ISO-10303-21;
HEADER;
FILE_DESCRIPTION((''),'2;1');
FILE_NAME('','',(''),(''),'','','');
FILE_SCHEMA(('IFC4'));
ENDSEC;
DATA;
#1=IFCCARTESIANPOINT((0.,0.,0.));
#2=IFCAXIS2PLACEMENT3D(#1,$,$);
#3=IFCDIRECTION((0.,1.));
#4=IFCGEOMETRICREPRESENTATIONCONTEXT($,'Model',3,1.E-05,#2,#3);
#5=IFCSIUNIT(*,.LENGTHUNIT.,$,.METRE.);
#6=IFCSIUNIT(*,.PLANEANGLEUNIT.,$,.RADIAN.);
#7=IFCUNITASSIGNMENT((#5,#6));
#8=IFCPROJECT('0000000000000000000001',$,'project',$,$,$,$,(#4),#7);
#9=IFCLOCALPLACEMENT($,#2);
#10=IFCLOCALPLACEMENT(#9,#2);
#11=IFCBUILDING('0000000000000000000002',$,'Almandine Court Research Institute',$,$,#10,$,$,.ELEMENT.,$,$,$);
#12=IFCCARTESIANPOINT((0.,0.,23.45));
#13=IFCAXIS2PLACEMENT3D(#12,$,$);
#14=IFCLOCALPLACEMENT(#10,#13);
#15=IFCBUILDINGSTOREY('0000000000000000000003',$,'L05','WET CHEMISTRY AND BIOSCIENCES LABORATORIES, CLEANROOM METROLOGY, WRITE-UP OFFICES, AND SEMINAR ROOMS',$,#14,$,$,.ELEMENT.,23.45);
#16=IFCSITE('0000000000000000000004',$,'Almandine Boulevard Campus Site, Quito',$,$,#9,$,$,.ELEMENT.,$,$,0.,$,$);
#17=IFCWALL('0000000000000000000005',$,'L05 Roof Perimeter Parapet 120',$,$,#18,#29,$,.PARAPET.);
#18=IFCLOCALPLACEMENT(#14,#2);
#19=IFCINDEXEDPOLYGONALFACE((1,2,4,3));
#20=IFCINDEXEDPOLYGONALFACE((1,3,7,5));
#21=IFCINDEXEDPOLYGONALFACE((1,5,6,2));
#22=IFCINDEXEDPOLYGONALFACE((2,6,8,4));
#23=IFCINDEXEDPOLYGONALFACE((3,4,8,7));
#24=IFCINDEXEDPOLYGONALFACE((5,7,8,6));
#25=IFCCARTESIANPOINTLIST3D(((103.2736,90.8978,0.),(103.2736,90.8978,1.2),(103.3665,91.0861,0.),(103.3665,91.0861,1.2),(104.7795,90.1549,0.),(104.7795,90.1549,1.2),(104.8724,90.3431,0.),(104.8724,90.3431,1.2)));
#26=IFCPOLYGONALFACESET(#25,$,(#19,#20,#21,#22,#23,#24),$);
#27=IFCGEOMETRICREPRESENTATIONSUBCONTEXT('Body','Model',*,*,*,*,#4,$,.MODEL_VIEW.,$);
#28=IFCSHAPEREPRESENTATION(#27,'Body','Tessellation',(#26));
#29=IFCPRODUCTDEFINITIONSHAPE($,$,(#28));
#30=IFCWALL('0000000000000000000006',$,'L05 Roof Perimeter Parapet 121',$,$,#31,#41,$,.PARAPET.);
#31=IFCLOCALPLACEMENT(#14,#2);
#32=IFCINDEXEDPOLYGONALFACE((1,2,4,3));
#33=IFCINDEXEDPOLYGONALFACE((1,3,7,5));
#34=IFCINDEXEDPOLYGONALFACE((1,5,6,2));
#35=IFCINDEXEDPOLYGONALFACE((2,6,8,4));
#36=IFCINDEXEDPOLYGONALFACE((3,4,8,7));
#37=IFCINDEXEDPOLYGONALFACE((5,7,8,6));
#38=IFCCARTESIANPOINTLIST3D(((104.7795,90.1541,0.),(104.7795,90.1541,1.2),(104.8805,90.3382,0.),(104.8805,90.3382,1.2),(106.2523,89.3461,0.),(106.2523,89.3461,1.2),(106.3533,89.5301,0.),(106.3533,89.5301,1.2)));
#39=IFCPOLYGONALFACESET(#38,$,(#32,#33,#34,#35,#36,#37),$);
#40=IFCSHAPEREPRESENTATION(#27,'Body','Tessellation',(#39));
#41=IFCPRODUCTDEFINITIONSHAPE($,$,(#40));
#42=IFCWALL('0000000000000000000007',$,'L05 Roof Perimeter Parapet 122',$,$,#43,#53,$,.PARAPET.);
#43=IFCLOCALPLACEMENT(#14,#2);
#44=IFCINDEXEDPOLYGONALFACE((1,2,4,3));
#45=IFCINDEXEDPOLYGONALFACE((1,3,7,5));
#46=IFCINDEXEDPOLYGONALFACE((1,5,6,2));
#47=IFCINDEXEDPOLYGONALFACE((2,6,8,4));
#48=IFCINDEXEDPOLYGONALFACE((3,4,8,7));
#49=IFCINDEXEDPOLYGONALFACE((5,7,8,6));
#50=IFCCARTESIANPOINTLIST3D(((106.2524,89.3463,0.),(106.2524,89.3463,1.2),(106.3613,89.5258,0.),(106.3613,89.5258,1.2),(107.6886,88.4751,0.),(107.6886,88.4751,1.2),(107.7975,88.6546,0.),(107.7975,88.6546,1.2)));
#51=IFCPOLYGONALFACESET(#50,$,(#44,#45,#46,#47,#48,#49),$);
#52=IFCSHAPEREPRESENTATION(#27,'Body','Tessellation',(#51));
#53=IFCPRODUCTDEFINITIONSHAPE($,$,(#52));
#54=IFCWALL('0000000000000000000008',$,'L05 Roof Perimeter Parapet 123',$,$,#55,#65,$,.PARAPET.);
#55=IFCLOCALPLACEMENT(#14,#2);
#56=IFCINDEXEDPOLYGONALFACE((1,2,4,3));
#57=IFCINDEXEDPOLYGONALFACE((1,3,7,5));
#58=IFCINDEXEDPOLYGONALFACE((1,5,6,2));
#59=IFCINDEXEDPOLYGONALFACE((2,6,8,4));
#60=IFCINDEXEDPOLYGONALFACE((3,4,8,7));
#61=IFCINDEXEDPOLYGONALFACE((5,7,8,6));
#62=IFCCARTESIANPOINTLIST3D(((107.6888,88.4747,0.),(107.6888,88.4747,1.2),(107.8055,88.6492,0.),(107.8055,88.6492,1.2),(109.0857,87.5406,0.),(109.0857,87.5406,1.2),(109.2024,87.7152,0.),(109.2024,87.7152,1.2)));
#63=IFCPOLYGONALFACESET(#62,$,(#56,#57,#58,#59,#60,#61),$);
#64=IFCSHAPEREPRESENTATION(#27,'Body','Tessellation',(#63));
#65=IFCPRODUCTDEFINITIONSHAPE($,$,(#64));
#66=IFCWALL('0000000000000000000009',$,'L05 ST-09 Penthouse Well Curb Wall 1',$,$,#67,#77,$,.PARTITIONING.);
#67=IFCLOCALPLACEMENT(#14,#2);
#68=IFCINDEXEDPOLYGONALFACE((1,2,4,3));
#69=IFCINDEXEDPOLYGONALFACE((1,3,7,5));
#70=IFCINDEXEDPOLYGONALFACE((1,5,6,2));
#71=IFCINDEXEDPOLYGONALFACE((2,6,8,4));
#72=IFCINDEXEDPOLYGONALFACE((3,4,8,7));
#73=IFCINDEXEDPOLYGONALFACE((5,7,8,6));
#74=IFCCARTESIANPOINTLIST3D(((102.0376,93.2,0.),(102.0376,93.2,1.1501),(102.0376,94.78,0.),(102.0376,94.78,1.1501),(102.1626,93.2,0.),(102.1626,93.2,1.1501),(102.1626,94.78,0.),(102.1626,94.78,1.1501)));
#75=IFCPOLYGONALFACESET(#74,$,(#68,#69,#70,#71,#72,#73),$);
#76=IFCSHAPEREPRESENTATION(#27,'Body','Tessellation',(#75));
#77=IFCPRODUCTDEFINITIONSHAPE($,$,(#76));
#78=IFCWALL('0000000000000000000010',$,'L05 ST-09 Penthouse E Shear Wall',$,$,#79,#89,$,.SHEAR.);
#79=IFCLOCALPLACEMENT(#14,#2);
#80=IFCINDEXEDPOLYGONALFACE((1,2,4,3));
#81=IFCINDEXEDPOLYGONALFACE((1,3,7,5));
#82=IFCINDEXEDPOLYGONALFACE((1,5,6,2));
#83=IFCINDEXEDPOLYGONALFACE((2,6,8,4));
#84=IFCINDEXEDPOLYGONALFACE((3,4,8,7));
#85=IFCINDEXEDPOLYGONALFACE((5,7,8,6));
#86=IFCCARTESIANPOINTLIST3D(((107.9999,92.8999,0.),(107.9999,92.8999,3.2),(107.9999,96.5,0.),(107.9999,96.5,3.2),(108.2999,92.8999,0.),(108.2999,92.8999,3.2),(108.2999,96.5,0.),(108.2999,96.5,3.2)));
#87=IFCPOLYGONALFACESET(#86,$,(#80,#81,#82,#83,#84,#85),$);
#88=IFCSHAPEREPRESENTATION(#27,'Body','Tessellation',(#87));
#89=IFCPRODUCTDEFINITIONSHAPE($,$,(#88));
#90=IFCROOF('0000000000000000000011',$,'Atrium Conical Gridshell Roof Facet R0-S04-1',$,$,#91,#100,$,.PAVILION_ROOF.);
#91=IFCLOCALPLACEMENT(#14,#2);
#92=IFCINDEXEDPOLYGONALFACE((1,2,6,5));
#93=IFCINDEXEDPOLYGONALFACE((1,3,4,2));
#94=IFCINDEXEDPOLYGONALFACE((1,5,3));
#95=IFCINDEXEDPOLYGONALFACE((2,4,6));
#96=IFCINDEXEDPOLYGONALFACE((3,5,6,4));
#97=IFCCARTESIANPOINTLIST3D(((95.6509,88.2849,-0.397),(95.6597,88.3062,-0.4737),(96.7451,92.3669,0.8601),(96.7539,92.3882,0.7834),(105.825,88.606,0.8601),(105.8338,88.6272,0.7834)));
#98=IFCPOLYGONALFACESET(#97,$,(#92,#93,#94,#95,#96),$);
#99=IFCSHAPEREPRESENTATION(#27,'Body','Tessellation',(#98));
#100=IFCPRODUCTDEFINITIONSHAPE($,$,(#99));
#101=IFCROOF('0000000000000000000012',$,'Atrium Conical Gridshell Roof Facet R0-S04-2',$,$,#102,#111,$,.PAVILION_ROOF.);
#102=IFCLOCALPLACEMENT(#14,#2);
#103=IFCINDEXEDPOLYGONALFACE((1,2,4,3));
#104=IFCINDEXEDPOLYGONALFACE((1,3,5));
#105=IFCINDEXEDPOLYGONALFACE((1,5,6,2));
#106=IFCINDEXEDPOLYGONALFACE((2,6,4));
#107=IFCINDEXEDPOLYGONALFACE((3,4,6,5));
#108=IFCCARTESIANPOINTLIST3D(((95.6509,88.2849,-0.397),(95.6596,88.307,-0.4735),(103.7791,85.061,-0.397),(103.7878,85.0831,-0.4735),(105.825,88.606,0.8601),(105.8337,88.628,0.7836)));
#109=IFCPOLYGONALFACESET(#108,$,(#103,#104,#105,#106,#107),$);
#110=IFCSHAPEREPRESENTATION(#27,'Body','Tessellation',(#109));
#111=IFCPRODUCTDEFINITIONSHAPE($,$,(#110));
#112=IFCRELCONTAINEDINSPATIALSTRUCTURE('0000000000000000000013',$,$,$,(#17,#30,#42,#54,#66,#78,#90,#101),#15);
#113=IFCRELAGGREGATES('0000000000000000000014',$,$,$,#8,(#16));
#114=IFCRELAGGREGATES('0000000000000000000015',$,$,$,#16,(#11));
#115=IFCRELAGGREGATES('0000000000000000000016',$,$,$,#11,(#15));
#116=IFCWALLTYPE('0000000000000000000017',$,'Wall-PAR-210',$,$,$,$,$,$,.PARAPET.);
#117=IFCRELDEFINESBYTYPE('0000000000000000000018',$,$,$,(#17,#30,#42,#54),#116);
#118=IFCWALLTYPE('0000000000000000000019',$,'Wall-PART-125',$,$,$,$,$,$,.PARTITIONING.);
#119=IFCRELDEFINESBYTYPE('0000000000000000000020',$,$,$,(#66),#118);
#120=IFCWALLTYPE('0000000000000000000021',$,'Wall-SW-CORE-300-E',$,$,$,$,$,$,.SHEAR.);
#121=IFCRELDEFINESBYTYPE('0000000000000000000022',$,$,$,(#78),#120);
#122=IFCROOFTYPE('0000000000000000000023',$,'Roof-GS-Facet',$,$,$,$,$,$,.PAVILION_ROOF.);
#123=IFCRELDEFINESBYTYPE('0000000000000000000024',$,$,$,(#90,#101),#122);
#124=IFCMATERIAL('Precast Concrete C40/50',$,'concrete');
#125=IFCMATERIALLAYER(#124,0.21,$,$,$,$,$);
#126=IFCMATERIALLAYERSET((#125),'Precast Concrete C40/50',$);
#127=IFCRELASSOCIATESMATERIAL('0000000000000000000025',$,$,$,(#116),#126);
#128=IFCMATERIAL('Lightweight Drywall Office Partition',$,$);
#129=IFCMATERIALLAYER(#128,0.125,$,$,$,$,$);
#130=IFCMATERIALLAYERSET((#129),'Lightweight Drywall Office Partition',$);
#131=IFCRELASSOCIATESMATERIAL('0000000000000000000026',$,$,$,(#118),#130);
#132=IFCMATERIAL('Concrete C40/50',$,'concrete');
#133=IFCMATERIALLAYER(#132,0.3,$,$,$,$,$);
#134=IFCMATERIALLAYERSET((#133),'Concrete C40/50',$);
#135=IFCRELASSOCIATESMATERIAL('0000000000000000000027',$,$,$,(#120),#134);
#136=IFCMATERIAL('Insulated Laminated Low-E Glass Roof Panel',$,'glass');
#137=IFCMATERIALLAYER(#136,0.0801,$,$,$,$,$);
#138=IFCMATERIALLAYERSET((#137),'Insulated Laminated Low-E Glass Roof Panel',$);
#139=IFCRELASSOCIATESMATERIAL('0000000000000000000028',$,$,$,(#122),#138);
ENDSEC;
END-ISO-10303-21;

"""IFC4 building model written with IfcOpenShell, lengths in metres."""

from ifc_helpers import new_model, si_unit, direction, frame, frame_2d, origin, place, context, subcontext, project, spatial, polyline, rectangle, outline, extrude, material, layer, layer_set, type_object, element, save


model = new_model("IFC4")

# Units and contexts
model_context = context("Model", 3, precision=1e-05, world=origin(), true_north=direction((0.0, 1.0)))
body_context = subcontext(model_context, "Body", "Model", "MODEL_VIEW")
ifc_project = project(units=[si_unit("LENGTHUNIT", "METRE"), si_unit("PLANEANGLEUNIT", "RADIAN")], contexts=[model_context])

# Site, building, storey
site_placement = place(None, origin())
site = spatial("IfcSite", under=ifc_project, at=site_placement, Name="Almandine Boulevard Campus Site, Quito", CompositionType="ELEMENT", RefElevation=0.0)
building_placement = place(site_placement, origin())
building = spatial("IfcBuilding", under=site, at=building_placement, Name="Almandine Court Research Institute", CompositionType="ELEMENT")
storey_placement = place(building_placement, frame((0.0, 0.0, 23.45)))
storey = spatial("IfcBuildingStorey", under=building, at=storey_placement, Name="L05", Description="WET CHEMISTRY AND BIOSCIENCES LABORATORIES, CLEANROOM METROLOGY, WRITE-UP OFFICES, AND SEMINAR ROOMS", CompositionType="ELEMENT", Elevation=23.45)

# Walls
ifc_material_1 = material(Name="Precast Concrete C40/50", Category="concrete")
ifc_layer_1 = layer(ifc_material_1, 0.21)
ifc_layer_set_1 = layer_set([ifc_layer_1], Name="Precast Concrete C40/50")
wall_type_1 = type_object("IfcWallType", Name="Wall-PAR-210", PredefinedType="PARAPET", material=ifc_layer_set_1)
wall_1_placement = place(storey_placement, frame((103.3201, 90.9919, 0.0), z_axis=(0.0, 0.0, 1.0), x_axis=(0.896799, -0.442438, 0.0)))
element("IfcWall", 1, at=wall_1_placement, inside=storey, type_object=wall_type_1, Name="L05 Roof Perimeter Parapet 120", PredefinedType="PARAPET", context=body_context, shape_type="SweptSolid", body=[
    extrude(rectangle(XDim=1.6792, YDim=0.21, at=frame_2d((0.8396, 0.0))), origin(), (0.0, 0.0, 1.0), 1.2),
])
wall_2_placement = place(storey_placement, frame((104.8301, 90.2461, 0.0), z_axis=(0.0, 0.0, 1.0), x_axis=(0.876716, -0.481009, 0.0)))
element("IfcWall", 2, at=wall_2_placement, inside=storey, type_object=wall_type_1, Name="L05 Roof Perimeter Parapet 121", PredefinedType="PARAPET", context=body_context, shape_type="SweptSolid", body=[
    extrude(rectangle(XDim=1.6799, YDim=0.21, at=frame_2d((0.8398, 0.0))), origin(), (0.0, 0.0, 1.0), 1.2),
])
wall_3_placement = place(storey_placement, frame((106.3069, 89.436, 0.0), z_axis=(0.0, 0.0, 1.0), x_axis=(0.854995, -0.518637, 0.0)))
element("IfcWall", 3, at=wall_3_placement, inside=storey, type_object=wall_type_1, Name="L05 Roof Perimeter Parapet 122", PredefinedType="PARAPET", context=body_context, shape_type="SweptSolid", body=[
    extrude(rectangle(XDim=1.6797, YDim=0.21, at=frame_2d((0.8398, 0.0))), origin(), (0.0, 0.0, 1.0), 1.2),
])
wall_4_placement = place(storey_placement, frame((107.7471, 88.562, 0.0), z_axis=(0.0, 0.0, 1.0), x_axis=(0.83129, -0.55584, 0.0)))
element("IfcWall", 4, at=wall_4_placement, inside=storey, type_object=wall_type_1, Name="L05 Roof Perimeter Parapet 123", PredefinedType="PARAPET", context=body_context, shape_type="SweptSolid", body=[
    extrude(rectangle(XDim=1.6804, YDim=0.21, at=frame_2d((0.8403, 0.0))), origin(), (0.0, 0.0, 1.0), 1.2),
])
ifc_material_2 = material(Name="Lightweight Drywall Office Partition")
ifc_layer_2 = layer(ifc_material_2, 0.125)
ifc_layer_set_2 = layer_set([ifc_layer_2], Name="Lightweight Drywall Office Partition")
wall_type_2 = type_object("IfcWallType", Name="Wall-PART-125", PredefinedType="PARTITIONING", material=ifc_layer_set_2)
wall_5_placement = place(storey_placement, frame((102.1001, 93.2, 0.0), z_axis=(0.0, 0.0, 1.0), x_axis=(0.0, 1.0, 0.0)))
element("IfcWall", 5, at=wall_5_placement, inside=storey, type_object=wall_type_2, Name="L05 ST-09 Penthouse Well Curb Wall 1", PredefinedType="PARTITIONING", context=body_context, shape_type="SweptSolid", body=[
    extrude(rectangle(XDim=1.5801, YDim=0.125, at=frame_2d((0.79, 0.0))), origin(), (0.0, 0.0, 1.0), 1.1501),
])
ifc_material_3 = material(Name="Concrete C40/50", Category="concrete")
ifc_layer_3 = layer(ifc_material_3, 0.3)
ifc_layer_set_3 = layer_set([ifc_layer_3], Name="Concrete C40/50")
wall_type_3 = type_object("IfcWallType", Name="Wall-SW-CORE-300-E", PredefinedType="SHEAR", material=ifc_layer_set_3)
wall_6_placement = place(storey_placement, frame((108.1499, 96.5, 0.0), z_axis=(0.0, 0.0, 1.0), x_axis=(0.0, -1.0, 0.0)))
element("IfcWall", 6, at=wall_6_placement, inside=storey, type_object=wall_type_3, Name="L05 ST-09 Penthouse E Shear Wall", PredefinedType="SHEAR", context=body_context, shape_type="SweptSolid", body=[
    extrude(rectangle(XDim=3.6001, YDim=0.3, at=frame_2d((1.8, 0.0))), origin(), (0.0, 0.0, 1.0), 3.2),
])

# Roofs
ifc_material_4 = material(Name="Insulated Laminated Low-E Glass Roof Panel", Category="glass")
ifc_layer_4 = layer(ifc_material_4, 0.0801)
ifc_layer_set_4 = layer_set([ifc_layer_4], Name="Insulated Laminated Low-E Glass Roof Panel")
roof_type = type_object("IfcRoofType", Name="Roof-GS-Facet", PredefinedType="PAVILION_ROOF", material=ifc_layer_set_4)
roof_1_placement = place(storey_placement, frame((105.825, 88.606, 0.8601), z_axis=(-0.109968, -0.265487, 0.957822), x_axis=(-0.92388, 0.382683, 0.0)))
element("IfcRoof", 7, at=roof_1_placement, inside=storey, type_object=roof_type, Name="Atrium Conical Gridshell Roof Facet R0-S04-1", PredefinedType="PAVILION_ROOF", context=body_context, shape_type="SweptSolid", body=[
    extrude(outline(polyline([(0.0, 0.0), (9.8279, 0.0), (9.2768, 4.3746), (0.0, 0.0)])), origin(), (0.0, 0.0, -1.0), 0.0801),
])
roof_2_placement = place(storey_placement, frame((105.825, 88.606, 0.8601), z_axis=(-0.109306, -0.275587, 0.955041), x_axis=(-0.991967, -0.031302, -0.122565)))
element("IfcRoof", 8, at=roof_2_placement, inside=storey, type_object=roof_type, Name="Atrium Conical Gridshell Roof Facet R0-S04-2", PredefinedType="PAVILION_ROOF", context=body_context, shape_type="SweptSolid", body=[
    extrude(outline(polyline([(0.0, 0.0), (10.2565, 0.0), (2.2945, 3.6149), (0.0, 0.0)])), origin(), (0.0, 0.0, -1.0), 0.0801),
])

save(model, "model.ifc")
